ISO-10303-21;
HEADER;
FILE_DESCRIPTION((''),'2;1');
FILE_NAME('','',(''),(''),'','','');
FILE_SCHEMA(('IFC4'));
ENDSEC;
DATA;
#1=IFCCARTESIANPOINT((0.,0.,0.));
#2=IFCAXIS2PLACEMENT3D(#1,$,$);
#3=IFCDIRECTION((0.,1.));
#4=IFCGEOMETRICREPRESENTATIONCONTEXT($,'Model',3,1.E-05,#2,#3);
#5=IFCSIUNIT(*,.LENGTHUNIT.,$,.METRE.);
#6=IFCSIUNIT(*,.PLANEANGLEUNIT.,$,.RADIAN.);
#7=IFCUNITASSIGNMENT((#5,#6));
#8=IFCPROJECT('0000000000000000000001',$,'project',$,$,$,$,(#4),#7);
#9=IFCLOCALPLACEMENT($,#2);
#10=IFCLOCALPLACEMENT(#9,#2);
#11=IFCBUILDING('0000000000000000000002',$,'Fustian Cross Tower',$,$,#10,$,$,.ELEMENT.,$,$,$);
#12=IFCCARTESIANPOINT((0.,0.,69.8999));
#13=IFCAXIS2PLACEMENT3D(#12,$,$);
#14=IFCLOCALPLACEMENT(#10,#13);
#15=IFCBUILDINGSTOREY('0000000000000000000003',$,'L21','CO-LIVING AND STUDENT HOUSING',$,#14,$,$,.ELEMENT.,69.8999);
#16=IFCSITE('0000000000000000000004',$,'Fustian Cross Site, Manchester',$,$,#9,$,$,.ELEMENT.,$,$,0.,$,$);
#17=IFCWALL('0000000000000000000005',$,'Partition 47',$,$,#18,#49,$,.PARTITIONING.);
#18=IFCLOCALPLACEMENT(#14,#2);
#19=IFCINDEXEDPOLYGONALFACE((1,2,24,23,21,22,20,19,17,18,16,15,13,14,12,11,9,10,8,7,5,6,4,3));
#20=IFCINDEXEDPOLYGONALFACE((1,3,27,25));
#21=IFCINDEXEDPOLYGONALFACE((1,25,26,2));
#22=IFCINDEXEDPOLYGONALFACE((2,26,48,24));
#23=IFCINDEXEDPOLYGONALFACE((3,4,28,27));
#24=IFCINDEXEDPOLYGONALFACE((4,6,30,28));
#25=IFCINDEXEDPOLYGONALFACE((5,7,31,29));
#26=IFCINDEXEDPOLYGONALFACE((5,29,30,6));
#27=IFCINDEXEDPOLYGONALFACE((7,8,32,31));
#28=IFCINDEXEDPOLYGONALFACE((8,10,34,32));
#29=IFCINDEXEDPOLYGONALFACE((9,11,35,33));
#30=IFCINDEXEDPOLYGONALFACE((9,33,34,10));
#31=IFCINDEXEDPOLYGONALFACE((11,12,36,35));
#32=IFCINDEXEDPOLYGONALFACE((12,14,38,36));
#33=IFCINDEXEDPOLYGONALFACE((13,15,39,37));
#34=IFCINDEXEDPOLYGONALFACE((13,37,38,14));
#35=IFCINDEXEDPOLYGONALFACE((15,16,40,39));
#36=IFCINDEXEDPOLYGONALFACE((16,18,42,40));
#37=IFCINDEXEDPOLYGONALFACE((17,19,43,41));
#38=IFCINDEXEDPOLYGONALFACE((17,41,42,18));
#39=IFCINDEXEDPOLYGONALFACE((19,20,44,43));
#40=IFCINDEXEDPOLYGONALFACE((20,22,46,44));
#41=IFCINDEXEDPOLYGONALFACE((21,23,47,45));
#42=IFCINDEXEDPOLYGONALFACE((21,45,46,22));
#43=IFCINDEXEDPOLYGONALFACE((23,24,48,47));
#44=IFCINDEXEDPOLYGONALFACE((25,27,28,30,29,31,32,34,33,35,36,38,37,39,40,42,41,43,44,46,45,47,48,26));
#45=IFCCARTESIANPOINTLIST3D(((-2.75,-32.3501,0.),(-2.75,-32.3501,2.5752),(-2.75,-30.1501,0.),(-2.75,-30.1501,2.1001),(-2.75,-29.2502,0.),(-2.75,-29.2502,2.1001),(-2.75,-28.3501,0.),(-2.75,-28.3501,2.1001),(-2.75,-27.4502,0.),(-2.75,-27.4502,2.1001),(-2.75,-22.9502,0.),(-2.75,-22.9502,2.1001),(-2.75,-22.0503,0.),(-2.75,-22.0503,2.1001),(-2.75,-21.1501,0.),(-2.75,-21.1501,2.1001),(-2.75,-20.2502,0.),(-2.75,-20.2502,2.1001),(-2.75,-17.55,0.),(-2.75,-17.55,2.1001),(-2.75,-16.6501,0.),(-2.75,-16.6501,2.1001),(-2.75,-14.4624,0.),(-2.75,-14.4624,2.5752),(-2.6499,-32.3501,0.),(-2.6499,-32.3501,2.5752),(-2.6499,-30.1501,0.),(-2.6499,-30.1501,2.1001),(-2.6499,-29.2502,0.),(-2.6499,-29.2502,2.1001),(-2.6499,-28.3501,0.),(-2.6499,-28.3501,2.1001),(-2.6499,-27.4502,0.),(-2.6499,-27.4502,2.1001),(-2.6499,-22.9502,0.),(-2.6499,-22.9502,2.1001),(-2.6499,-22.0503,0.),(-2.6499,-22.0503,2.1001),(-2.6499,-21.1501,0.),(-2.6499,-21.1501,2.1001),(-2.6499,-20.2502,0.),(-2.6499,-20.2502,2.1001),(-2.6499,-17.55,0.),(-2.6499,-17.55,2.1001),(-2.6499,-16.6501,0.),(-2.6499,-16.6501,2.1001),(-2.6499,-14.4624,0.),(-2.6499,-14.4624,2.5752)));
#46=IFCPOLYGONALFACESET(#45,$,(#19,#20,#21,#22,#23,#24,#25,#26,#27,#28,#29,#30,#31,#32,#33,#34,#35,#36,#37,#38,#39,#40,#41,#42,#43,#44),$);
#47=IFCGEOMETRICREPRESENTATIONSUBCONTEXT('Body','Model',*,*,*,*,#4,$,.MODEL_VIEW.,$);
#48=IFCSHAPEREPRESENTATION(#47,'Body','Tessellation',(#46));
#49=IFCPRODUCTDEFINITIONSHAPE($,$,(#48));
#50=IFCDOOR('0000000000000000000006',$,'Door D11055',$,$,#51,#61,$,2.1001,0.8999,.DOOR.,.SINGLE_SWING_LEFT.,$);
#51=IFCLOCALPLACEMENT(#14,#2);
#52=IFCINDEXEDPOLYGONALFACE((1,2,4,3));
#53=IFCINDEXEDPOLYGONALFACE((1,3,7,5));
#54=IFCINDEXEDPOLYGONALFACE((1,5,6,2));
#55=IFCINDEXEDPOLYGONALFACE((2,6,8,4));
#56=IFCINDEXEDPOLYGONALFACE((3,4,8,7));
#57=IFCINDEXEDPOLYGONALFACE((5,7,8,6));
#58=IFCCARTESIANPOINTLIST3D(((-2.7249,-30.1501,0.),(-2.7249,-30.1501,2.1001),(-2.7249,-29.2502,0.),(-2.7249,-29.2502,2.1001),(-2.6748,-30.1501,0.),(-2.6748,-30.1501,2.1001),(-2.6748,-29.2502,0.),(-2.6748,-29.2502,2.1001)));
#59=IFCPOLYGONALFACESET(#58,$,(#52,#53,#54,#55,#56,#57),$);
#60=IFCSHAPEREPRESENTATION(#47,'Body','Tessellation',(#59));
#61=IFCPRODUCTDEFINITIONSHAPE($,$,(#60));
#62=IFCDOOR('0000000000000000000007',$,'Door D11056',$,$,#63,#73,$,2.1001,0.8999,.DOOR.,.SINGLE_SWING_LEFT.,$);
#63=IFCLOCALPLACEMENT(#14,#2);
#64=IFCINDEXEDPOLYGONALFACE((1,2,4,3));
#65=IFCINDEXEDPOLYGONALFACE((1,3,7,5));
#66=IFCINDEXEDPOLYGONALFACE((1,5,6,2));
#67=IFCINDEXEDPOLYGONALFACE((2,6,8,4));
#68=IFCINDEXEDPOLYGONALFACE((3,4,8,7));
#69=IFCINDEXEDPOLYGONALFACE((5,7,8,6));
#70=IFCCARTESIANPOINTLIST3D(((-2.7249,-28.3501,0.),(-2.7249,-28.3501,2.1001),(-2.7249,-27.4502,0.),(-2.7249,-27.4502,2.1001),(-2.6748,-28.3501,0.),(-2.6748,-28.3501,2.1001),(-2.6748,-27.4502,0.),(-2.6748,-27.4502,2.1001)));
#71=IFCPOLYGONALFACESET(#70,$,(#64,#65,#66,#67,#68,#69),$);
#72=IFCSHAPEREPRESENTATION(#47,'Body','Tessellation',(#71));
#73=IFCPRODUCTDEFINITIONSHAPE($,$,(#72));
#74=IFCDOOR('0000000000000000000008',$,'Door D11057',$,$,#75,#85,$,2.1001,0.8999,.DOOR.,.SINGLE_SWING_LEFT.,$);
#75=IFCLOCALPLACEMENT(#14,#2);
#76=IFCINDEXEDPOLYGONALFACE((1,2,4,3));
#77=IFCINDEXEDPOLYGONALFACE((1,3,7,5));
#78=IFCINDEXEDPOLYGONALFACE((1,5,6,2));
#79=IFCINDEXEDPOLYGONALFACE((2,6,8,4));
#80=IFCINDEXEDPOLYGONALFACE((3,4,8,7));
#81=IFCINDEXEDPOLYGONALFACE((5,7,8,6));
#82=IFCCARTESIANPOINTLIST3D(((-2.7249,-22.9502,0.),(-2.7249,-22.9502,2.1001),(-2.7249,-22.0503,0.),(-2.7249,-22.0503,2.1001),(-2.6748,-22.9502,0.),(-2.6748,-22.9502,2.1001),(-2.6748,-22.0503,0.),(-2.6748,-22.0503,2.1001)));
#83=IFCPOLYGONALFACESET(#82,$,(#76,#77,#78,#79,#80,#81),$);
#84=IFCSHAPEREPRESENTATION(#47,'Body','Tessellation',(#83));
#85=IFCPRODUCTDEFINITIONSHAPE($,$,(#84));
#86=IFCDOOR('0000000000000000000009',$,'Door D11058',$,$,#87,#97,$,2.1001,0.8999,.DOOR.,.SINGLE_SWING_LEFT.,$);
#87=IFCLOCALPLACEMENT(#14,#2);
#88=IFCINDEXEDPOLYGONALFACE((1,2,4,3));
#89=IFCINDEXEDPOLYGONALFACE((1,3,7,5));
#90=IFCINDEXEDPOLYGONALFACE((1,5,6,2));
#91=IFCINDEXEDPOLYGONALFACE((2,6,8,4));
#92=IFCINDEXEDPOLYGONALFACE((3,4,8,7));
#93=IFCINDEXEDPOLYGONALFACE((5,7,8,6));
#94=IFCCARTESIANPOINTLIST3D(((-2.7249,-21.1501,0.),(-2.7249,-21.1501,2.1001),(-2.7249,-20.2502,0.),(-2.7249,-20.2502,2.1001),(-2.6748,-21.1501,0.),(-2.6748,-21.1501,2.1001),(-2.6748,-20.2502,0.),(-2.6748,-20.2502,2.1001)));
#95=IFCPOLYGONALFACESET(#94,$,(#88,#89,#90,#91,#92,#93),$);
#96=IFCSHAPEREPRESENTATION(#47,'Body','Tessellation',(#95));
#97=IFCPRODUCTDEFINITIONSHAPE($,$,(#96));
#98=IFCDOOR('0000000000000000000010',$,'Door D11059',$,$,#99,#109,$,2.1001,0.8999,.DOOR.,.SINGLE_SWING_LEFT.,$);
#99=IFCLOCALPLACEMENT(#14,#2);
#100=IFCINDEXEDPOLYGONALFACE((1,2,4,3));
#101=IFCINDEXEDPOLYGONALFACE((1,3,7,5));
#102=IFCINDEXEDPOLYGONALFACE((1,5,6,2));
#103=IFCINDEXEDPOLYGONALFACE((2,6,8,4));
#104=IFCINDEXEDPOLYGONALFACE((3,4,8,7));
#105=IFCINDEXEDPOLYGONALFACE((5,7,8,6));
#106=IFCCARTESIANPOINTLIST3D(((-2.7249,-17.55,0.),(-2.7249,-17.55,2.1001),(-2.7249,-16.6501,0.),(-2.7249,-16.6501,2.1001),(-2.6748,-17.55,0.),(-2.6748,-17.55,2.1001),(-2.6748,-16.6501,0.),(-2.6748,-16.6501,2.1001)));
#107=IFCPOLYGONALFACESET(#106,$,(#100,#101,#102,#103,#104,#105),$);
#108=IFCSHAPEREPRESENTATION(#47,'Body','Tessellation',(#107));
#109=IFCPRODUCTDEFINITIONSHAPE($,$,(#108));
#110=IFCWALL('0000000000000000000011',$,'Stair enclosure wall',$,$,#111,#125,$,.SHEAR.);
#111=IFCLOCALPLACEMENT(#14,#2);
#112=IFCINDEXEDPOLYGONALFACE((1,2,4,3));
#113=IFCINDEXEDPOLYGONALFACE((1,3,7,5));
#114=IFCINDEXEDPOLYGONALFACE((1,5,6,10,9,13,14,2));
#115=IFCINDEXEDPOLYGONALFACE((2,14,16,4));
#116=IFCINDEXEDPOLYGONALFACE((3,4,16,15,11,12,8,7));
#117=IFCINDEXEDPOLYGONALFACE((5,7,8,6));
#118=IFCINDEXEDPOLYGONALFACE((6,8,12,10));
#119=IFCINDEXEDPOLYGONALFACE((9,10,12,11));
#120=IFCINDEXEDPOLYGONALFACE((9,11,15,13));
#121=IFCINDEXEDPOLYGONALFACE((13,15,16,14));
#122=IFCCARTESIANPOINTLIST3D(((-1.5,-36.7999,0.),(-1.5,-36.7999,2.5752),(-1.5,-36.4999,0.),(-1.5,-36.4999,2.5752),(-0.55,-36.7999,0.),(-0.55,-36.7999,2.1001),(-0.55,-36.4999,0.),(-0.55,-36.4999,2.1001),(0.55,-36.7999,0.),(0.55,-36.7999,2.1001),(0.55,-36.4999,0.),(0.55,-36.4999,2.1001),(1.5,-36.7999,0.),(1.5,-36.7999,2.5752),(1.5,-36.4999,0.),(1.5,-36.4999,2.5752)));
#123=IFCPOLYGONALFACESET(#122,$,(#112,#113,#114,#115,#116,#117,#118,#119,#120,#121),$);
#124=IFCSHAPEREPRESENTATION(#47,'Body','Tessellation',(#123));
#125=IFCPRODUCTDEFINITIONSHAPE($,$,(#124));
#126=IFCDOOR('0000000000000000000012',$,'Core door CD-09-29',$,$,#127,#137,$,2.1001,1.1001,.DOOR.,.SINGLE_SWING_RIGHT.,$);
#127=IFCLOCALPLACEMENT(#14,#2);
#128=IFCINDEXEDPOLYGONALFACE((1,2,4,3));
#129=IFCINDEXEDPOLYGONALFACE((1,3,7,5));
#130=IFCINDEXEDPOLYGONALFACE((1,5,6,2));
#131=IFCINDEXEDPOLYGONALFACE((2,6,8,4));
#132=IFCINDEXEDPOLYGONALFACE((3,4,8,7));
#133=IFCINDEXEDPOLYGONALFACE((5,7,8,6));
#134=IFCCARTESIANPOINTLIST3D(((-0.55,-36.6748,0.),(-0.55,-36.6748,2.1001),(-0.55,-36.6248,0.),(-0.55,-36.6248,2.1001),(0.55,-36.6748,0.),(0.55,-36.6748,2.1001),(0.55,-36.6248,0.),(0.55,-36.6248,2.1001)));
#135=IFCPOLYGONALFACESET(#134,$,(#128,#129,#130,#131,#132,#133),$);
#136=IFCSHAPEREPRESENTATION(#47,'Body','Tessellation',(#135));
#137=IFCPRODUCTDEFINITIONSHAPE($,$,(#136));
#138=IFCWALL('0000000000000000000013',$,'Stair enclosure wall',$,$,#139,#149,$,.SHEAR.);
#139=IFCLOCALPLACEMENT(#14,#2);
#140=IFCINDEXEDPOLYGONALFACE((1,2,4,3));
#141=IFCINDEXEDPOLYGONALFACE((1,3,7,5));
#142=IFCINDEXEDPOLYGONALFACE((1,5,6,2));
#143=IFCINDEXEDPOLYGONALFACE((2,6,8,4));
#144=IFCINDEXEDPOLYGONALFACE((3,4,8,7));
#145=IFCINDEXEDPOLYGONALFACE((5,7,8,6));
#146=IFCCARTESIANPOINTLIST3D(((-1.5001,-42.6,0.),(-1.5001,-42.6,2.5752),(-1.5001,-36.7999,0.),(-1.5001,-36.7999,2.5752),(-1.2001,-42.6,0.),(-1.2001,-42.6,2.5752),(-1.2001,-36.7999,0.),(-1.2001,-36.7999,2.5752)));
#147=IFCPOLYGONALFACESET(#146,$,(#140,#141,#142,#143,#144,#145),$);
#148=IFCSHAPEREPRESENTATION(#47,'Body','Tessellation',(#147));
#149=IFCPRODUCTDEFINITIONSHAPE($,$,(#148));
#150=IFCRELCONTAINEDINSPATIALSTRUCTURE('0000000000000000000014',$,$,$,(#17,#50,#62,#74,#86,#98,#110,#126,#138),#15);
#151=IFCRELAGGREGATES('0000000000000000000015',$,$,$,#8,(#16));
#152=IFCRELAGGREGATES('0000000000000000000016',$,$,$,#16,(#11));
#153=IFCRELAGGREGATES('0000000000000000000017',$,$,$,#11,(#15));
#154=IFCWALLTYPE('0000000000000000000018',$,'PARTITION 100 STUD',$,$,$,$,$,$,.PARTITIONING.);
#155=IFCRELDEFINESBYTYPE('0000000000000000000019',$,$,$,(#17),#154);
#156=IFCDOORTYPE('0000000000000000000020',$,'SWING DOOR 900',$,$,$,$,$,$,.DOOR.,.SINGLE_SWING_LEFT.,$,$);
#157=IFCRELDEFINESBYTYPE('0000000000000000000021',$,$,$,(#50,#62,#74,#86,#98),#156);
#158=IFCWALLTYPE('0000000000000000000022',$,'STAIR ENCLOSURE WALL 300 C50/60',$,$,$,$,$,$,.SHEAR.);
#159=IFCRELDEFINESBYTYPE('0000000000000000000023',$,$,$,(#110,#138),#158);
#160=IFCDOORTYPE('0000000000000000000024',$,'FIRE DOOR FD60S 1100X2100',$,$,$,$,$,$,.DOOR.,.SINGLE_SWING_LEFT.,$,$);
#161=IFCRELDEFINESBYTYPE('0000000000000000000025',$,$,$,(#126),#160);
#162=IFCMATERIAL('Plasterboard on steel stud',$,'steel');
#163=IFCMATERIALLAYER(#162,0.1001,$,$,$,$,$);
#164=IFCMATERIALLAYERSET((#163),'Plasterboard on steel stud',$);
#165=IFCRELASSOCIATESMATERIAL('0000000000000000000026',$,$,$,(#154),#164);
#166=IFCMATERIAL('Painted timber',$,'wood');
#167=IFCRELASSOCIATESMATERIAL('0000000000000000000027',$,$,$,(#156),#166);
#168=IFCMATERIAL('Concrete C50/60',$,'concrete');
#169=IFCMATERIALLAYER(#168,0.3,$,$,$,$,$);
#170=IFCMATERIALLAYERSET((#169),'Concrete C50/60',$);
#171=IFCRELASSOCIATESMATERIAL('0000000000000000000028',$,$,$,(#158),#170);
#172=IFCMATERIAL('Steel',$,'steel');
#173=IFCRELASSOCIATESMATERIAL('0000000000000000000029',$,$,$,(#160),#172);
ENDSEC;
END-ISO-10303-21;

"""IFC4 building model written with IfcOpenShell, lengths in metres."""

from ifc_helpers import new_model, si_unit, direction, frame, frame_2d, origin, place, context, subcontext, project, spatial, rectangle, extrude, material, layer, layer_set, type_object, element, fill, save


model = new_model("IFC4")

# Units and contexts
model_context = context("Model", 3, precision=1e-05, world=origin(), true_north=direction((0.0, 1.0)))
body_context = subcontext(model_context, "Body", "Model", "MODEL_VIEW")
ifc_project = project(units=[si_unit("LENGTHUNIT", "METRE"), si_unit("PLANEANGLEUNIT", "RADIAN")], contexts=[model_context])

# Site, building, storey
site_placement = place(None, origin())
site = spatial("IfcSite", under=ifc_project, at=site_placement, Name="Fustian Cross Site, Manchester", CompositionType="ELEMENT", RefElevation=0.0)
building_placement = place(site_placement, origin())
building = spatial("IfcBuilding", under=site, at=building_placement, Name="Fustian Cross Tower", CompositionType="ELEMENT")
storey_placement = place(building_placement, frame((0.0, 0.0, 69.8999)))
storey = spatial("IfcBuildingStorey", under=building, at=storey_placement, Name="L21", Description="CO-LIVING AND STUDENT HOUSING", CompositionType="ELEMENT", Elevation=69.8999)

# Shared definitions
ifc_material_1 = material(Name="Plasterboard on steel stud", Category="steel")
ifc_layer_1 = layer(ifc_material_1, 0.1001)
ifc_layer_set_1 = layer_set([ifc_layer_1], Name="Plasterboard on steel stud")
wall_type_1 = type_object("IfcWallType", Name="PARTITION 100 STUD", PredefinedType="PARTITIONING", material=ifc_layer_set_1)

# Wall, openings, doors
wall_1_placement = place(storey_placement, frame((-2.7, -32.3501, 0.0), z_axis=(0.0, 0.0, 1.0), x_axis=(0.0, 1.0, 0.0)))
wall_1 = element("IfcWall", 1, at=wall_1_placement, inside=storey, type_object=wall_type_1, Name="Partition 47", PredefinedType="PARTITIONING", context=body_context, shape_type="SweptSolid", body=[
    extrude(rectangle(XDim=17.8877, YDim=0.1001, at=frame_2d((8.9438, 0.0))), origin(), (0.0, 0.0, 1.0), 2.5752),
])
opening_1_placement = place(wall_1_placement, frame((2.2, 0.0, 0.0)))
opening_1 = element("IfcOpeningElement", 2, at=opening_1_placement, cuts=wall_1, PredefinedType="OPENING", context=body_context, shape_type="SweptSolid", body=[
    extrude(rectangle(XDim=0.8999, YDim=2.1001, at=frame_2d((0.45, 1.05))), frame((0.0, 0.0601, 0.0), z_axis=(0.0, -1.0, 0.0), x_axis=(1.0, 0.0, 0.0)), (0.0, 0.0, 1.0), 0.1201),
])
opening_2_placement = place(wall_1_placement, frame((4.0, 0.0, 0.0)))
opening_2 = element("IfcOpeningElement", 3, at=opening_2_placement, cuts=wall_1, PredefinedType="OPENING", context=body_context, shape_type="SweptSolid", body=[
    extrude(rectangle(XDim=0.8999, YDim=2.1001, at=frame_2d((0.45, 1.05))), frame((0.0, 0.0601, 0.0), z_axis=(0.0, -1.0, 0.0), x_axis=(1.0, 0.0, 0.0)), (0.0, 0.0, 1.0), 0.1201),
])
opening_3_placement = place(wall_1_placement, frame((9.3999, 0.0, 0.0)))
opening_3 = element("IfcOpeningElement", 4, at=opening_3_placement, cuts=wall_1, PredefinedType="OPENING", context=body_context, shape_type="SweptSolid", body=[
    extrude(rectangle(XDim=0.8999, YDim=2.1001, at=frame_2d((0.45, 1.05))), frame((0.0, 0.0601, 0.0), z_axis=(0.0, -1.0, 0.0), x_axis=(1.0, 0.0, 0.0)), (0.0, 0.0, 1.0), 0.1201),
])
opening_4_placement = place(wall_1_placement, frame((11.2, 0.0, 0.0)))
opening_4 = element("IfcOpeningElement", 5, at=opening_4_placement, cuts=wall_1, PredefinedType="OPENING", context=body_context, shape_type="SweptSolid", body=[
    extrude(rectangle(XDim=0.8999, YDim=2.1001, at=frame_2d((0.45, 1.05))), frame((0.0, 0.0601, 0.0), z_axis=(0.0, -1.0, 0.0), x_axis=(1.0, 0.0, 0.0)), (0.0, 0.0, 1.0), 0.1201),
])
opening_5_placement = place(wall_1_placement, frame((14.8, 0.0, 0.0)))
opening_5 = element("IfcOpeningElement", 6, at=opening_5_placement, cuts=wall_1, PredefinedType="OPENING", context=body_context, shape_type="SweptSolid", body=[
    extrude(rectangle(XDim=0.8999, YDim=2.1001, at=frame_2d((0.45, 1.05))), frame((0.0, 0.0601, 0.0), z_axis=(0.0, -1.0, 0.0), x_axis=(1.0, 0.0, 0.0)), (0.0, 0.0, 1.0), 0.1201),
])
ifc_material_2 = material(Name="Painted timber", Category="wood")
door_type_1 = type_object("IfcDoorType", Name="SWING DOOR 900", OperationType="SINGLE_SWING_LEFT", PredefinedType="DOOR", material=ifc_material_2)
door_1_placement = place(opening_1_placement, origin())
door_1 = element("IfcDoor", 7, at=door_1_placement, inside=storey, type_object=door_type_1, Name="Door D11055", OperationType="SINGLE_SWING_LEFT", OverallHeight=2.1001, OverallWidth=0.8999, PredefinedType="DOOR", context=body_context, shape_type="SweptSolid", body=[
    extrude(rectangle(XDim=0.8999, YDim=2.1001, at=frame_2d((0.45, 1.05))), frame((0.0, 0.0249, 0.0), z_axis=(0.0, -1.0, 0.0), x_axis=(1.0, 0.0, 0.0)), (0.0, 0.0, 1.0), 0.05),
])
fill(opening_1, door_1)
door_2_placement = place(opening_2_placement, origin())
door_2 = element("IfcDoor", 8, at=door_2_placement, inside=storey, type_object=door_type_1, Name="Door D11056", OperationType="SINGLE_SWING_LEFT", OverallHeight=2.1001, OverallWidth=0.8999, PredefinedType="DOOR", context=body_context, shape_type="SweptSolid", body=[
    extrude(rectangle(XDim=0.8999, YDim=2.1001, at=frame_2d((0.45, 1.05))), frame((0.0, 0.0249, 0.0), z_axis=(0.0, -1.0, 0.0), x_axis=(1.0, 0.0, 0.0)), (0.0, 0.0, 1.0), 0.05),
])
fill(opening_2, door_2)
door_3_placement = place(opening_3_placement, origin())
door_3 = element("IfcDoor", 9, at=door_3_placement, inside=storey, type_object=door_type_1, Name="Door D11057", OperationType="SINGLE_SWING_LEFT", OverallHeight=2.1001, OverallWidth=0.8999, PredefinedType="DOOR", context=body_context, shape_type="SweptSolid", body=[
    extrude(rectangle(XDim=0.8999, YDim=2.1001, at=frame_2d((0.45, 1.05))), frame((0.0, 0.0249, 0.0), z_axis=(0.0, -1.0, 0.0), x_axis=(1.0, 0.0, 0.0)), (0.0, 0.0, 1.0), 0.05),
])
fill(opening_3, door_3)
door_4_placement = place(opening_4_placement, origin())
door_4 = element("IfcDoor", 10, at=door_4_placement, inside=storey, type_object=door_type_1, Name="Door D11058", OperationType="SINGLE_SWING_LEFT", OverallHeight=2.1001, OverallWidth=0.8999, PredefinedType="DOOR", context=body_context, shape_type="SweptSolid", body=[
    extrude(rectangle(XDim=0.8999, YDim=2.1001, at=frame_2d((0.45, 1.05))), frame((0.0, 0.0249, 0.0), z_axis=(0.0, -1.0, 0.0), x_axis=(1.0, 0.0, 0.0)), (0.0, 0.0, 1.0), 0.05),
])
fill(opening_4, door_4)
door_5_placement = place(opening_5_placement, origin())
door_5 = element("IfcDoor", 11, at=door_5_placement, inside=storey, type_object=door_type_1, Name="Door D11059", OperationType="SINGLE_SWING_LEFT", OverallHeight=2.1001, OverallWidth=0.8999, PredefinedType="DOOR", context=body_context, shape_type="SweptSolid", body=[
    extrude(rectangle(XDim=0.8999, YDim=2.1001, at=frame_2d((0.45, 1.05))), frame((0.0, 0.0249, 0.0), z_axis=(0.0, -1.0, 0.0), x_axis=(1.0, 0.0, 0.0)), (0.0, 0.0, 1.0), 0.05),
])
fill(opening_5, door_5)

# Wall, opening, door
ifc_material_3 = material(Name="Concrete C50/60", Category="concrete")
ifc_layer_2 = layer(ifc_material_3, 0.3)
ifc_layer_set_2 = layer_set([ifc_layer_2], Name="Concrete C50/60")
wall_type_2 = type_object("IfcWallType", Name="STAIR ENCLOSURE WALL 300 C50/60", PredefinedType="SHEAR", material=ifc_layer_set_2)
wall_2_placement = place(storey_placement, frame((-1.5, -36.6499, 0.0), z_axis=(0.0, 0.0, 1.0), x_axis=(1.0, 0.0, 0.0)))
wall_2 = element("IfcWall", 12, at=wall_2_placement, inside=storey, type_object=wall_type_2, Name="Stair enclosure wall", PredefinedType="SHEAR", context=body_context, shape_type="SweptSolid", body=[
    extrude(rectangle(XDim=3.0, YDim=0.3, at=frame_2d((1.5, 0.0))), origin(), (0.0, 0.0, 1.0), 2.5752),
])
opening_6_placement = place(wall_2_placement, frame((0.95, 0.0, 0.0)))
opening_6 = element("IfcOpeningElement", 13, at=opening_6_placement, cuts=wall_2, PredefinedType="OPENING", context=body_context, shape_type="SweptSolid", body=[
    extrude(rectangle(XDim=1.1001, YDim=2.1001, at=frame_2d((0.55, 1.05))), frame((0.0, 0.1599, 0.0), z_axis=(0.0, -1.0, 0.0), x_axis=(1.0, 0.0, 0.0)), (0.0, 0.0, 1.0), 0.3201),
])
ifc_material_4 = material(Name="Steel", Category="steel")
door_type_2 = type_object("IfcDoorType", Name="FIRE DOOR FD60S 1100X2100", OperationType="SINGLE_SWING_LEFT", PredefinedType="DOOR", material=ifc_material_4)
door_6_placement = place(opening_6_placement, frame((1.1001, 0.0, 0.0), z_axis=(0.0, 0.0, 1.0), x_axis=(-1.0, 0.0, 0.0)))
door_6 = element("IfcDoor", 14, at=door_6_placement, inside=storey, type_object=door_type_2, Name="Core door CD-09-29", OperationType="SINGLE_SWING_RIGHT", OverallHeight=2.1001, OverallWidth=1.1001, PredefinedType="DOOR", context=body_context, shape_type="SweptSolid", body=[
    extrude(rectangle(XDim=1.1001, YDim=2.1001, at=frame_2d((0.55, 1.05))), frame((0.0, 0.0249, 0.0), z_axis=(0.0, -1.0, 0.0), x_axis=(1.0, 0.0, 0.0)), (0.0, 0.0, 1.0), 0.05),
])
fill(opening_6, door_6)

# Wall
wall_3_placement = place(storey_placement, frame((-1.3501, -36.8, 0.0), z_axis=(0.0, 0.0, 1.0), x_axis=(0.0, -1.0, 0.0)))
element("IfcWall", 15, at=wall_3_placement, inside=storey, type_object=wall_type_2, Name="Stair enclosure wall", PredefinedType="SHEAR", context=body_context, shape_type="SweptSolid", body=[
    extrude(rectangle(XDim=5.8, YDim=0.3, at=frame_2d((2.8999, 0.0))), origin(), (0.0, 0.0, 1.0), 2.5752),
])

save(model, "model.ifc")
